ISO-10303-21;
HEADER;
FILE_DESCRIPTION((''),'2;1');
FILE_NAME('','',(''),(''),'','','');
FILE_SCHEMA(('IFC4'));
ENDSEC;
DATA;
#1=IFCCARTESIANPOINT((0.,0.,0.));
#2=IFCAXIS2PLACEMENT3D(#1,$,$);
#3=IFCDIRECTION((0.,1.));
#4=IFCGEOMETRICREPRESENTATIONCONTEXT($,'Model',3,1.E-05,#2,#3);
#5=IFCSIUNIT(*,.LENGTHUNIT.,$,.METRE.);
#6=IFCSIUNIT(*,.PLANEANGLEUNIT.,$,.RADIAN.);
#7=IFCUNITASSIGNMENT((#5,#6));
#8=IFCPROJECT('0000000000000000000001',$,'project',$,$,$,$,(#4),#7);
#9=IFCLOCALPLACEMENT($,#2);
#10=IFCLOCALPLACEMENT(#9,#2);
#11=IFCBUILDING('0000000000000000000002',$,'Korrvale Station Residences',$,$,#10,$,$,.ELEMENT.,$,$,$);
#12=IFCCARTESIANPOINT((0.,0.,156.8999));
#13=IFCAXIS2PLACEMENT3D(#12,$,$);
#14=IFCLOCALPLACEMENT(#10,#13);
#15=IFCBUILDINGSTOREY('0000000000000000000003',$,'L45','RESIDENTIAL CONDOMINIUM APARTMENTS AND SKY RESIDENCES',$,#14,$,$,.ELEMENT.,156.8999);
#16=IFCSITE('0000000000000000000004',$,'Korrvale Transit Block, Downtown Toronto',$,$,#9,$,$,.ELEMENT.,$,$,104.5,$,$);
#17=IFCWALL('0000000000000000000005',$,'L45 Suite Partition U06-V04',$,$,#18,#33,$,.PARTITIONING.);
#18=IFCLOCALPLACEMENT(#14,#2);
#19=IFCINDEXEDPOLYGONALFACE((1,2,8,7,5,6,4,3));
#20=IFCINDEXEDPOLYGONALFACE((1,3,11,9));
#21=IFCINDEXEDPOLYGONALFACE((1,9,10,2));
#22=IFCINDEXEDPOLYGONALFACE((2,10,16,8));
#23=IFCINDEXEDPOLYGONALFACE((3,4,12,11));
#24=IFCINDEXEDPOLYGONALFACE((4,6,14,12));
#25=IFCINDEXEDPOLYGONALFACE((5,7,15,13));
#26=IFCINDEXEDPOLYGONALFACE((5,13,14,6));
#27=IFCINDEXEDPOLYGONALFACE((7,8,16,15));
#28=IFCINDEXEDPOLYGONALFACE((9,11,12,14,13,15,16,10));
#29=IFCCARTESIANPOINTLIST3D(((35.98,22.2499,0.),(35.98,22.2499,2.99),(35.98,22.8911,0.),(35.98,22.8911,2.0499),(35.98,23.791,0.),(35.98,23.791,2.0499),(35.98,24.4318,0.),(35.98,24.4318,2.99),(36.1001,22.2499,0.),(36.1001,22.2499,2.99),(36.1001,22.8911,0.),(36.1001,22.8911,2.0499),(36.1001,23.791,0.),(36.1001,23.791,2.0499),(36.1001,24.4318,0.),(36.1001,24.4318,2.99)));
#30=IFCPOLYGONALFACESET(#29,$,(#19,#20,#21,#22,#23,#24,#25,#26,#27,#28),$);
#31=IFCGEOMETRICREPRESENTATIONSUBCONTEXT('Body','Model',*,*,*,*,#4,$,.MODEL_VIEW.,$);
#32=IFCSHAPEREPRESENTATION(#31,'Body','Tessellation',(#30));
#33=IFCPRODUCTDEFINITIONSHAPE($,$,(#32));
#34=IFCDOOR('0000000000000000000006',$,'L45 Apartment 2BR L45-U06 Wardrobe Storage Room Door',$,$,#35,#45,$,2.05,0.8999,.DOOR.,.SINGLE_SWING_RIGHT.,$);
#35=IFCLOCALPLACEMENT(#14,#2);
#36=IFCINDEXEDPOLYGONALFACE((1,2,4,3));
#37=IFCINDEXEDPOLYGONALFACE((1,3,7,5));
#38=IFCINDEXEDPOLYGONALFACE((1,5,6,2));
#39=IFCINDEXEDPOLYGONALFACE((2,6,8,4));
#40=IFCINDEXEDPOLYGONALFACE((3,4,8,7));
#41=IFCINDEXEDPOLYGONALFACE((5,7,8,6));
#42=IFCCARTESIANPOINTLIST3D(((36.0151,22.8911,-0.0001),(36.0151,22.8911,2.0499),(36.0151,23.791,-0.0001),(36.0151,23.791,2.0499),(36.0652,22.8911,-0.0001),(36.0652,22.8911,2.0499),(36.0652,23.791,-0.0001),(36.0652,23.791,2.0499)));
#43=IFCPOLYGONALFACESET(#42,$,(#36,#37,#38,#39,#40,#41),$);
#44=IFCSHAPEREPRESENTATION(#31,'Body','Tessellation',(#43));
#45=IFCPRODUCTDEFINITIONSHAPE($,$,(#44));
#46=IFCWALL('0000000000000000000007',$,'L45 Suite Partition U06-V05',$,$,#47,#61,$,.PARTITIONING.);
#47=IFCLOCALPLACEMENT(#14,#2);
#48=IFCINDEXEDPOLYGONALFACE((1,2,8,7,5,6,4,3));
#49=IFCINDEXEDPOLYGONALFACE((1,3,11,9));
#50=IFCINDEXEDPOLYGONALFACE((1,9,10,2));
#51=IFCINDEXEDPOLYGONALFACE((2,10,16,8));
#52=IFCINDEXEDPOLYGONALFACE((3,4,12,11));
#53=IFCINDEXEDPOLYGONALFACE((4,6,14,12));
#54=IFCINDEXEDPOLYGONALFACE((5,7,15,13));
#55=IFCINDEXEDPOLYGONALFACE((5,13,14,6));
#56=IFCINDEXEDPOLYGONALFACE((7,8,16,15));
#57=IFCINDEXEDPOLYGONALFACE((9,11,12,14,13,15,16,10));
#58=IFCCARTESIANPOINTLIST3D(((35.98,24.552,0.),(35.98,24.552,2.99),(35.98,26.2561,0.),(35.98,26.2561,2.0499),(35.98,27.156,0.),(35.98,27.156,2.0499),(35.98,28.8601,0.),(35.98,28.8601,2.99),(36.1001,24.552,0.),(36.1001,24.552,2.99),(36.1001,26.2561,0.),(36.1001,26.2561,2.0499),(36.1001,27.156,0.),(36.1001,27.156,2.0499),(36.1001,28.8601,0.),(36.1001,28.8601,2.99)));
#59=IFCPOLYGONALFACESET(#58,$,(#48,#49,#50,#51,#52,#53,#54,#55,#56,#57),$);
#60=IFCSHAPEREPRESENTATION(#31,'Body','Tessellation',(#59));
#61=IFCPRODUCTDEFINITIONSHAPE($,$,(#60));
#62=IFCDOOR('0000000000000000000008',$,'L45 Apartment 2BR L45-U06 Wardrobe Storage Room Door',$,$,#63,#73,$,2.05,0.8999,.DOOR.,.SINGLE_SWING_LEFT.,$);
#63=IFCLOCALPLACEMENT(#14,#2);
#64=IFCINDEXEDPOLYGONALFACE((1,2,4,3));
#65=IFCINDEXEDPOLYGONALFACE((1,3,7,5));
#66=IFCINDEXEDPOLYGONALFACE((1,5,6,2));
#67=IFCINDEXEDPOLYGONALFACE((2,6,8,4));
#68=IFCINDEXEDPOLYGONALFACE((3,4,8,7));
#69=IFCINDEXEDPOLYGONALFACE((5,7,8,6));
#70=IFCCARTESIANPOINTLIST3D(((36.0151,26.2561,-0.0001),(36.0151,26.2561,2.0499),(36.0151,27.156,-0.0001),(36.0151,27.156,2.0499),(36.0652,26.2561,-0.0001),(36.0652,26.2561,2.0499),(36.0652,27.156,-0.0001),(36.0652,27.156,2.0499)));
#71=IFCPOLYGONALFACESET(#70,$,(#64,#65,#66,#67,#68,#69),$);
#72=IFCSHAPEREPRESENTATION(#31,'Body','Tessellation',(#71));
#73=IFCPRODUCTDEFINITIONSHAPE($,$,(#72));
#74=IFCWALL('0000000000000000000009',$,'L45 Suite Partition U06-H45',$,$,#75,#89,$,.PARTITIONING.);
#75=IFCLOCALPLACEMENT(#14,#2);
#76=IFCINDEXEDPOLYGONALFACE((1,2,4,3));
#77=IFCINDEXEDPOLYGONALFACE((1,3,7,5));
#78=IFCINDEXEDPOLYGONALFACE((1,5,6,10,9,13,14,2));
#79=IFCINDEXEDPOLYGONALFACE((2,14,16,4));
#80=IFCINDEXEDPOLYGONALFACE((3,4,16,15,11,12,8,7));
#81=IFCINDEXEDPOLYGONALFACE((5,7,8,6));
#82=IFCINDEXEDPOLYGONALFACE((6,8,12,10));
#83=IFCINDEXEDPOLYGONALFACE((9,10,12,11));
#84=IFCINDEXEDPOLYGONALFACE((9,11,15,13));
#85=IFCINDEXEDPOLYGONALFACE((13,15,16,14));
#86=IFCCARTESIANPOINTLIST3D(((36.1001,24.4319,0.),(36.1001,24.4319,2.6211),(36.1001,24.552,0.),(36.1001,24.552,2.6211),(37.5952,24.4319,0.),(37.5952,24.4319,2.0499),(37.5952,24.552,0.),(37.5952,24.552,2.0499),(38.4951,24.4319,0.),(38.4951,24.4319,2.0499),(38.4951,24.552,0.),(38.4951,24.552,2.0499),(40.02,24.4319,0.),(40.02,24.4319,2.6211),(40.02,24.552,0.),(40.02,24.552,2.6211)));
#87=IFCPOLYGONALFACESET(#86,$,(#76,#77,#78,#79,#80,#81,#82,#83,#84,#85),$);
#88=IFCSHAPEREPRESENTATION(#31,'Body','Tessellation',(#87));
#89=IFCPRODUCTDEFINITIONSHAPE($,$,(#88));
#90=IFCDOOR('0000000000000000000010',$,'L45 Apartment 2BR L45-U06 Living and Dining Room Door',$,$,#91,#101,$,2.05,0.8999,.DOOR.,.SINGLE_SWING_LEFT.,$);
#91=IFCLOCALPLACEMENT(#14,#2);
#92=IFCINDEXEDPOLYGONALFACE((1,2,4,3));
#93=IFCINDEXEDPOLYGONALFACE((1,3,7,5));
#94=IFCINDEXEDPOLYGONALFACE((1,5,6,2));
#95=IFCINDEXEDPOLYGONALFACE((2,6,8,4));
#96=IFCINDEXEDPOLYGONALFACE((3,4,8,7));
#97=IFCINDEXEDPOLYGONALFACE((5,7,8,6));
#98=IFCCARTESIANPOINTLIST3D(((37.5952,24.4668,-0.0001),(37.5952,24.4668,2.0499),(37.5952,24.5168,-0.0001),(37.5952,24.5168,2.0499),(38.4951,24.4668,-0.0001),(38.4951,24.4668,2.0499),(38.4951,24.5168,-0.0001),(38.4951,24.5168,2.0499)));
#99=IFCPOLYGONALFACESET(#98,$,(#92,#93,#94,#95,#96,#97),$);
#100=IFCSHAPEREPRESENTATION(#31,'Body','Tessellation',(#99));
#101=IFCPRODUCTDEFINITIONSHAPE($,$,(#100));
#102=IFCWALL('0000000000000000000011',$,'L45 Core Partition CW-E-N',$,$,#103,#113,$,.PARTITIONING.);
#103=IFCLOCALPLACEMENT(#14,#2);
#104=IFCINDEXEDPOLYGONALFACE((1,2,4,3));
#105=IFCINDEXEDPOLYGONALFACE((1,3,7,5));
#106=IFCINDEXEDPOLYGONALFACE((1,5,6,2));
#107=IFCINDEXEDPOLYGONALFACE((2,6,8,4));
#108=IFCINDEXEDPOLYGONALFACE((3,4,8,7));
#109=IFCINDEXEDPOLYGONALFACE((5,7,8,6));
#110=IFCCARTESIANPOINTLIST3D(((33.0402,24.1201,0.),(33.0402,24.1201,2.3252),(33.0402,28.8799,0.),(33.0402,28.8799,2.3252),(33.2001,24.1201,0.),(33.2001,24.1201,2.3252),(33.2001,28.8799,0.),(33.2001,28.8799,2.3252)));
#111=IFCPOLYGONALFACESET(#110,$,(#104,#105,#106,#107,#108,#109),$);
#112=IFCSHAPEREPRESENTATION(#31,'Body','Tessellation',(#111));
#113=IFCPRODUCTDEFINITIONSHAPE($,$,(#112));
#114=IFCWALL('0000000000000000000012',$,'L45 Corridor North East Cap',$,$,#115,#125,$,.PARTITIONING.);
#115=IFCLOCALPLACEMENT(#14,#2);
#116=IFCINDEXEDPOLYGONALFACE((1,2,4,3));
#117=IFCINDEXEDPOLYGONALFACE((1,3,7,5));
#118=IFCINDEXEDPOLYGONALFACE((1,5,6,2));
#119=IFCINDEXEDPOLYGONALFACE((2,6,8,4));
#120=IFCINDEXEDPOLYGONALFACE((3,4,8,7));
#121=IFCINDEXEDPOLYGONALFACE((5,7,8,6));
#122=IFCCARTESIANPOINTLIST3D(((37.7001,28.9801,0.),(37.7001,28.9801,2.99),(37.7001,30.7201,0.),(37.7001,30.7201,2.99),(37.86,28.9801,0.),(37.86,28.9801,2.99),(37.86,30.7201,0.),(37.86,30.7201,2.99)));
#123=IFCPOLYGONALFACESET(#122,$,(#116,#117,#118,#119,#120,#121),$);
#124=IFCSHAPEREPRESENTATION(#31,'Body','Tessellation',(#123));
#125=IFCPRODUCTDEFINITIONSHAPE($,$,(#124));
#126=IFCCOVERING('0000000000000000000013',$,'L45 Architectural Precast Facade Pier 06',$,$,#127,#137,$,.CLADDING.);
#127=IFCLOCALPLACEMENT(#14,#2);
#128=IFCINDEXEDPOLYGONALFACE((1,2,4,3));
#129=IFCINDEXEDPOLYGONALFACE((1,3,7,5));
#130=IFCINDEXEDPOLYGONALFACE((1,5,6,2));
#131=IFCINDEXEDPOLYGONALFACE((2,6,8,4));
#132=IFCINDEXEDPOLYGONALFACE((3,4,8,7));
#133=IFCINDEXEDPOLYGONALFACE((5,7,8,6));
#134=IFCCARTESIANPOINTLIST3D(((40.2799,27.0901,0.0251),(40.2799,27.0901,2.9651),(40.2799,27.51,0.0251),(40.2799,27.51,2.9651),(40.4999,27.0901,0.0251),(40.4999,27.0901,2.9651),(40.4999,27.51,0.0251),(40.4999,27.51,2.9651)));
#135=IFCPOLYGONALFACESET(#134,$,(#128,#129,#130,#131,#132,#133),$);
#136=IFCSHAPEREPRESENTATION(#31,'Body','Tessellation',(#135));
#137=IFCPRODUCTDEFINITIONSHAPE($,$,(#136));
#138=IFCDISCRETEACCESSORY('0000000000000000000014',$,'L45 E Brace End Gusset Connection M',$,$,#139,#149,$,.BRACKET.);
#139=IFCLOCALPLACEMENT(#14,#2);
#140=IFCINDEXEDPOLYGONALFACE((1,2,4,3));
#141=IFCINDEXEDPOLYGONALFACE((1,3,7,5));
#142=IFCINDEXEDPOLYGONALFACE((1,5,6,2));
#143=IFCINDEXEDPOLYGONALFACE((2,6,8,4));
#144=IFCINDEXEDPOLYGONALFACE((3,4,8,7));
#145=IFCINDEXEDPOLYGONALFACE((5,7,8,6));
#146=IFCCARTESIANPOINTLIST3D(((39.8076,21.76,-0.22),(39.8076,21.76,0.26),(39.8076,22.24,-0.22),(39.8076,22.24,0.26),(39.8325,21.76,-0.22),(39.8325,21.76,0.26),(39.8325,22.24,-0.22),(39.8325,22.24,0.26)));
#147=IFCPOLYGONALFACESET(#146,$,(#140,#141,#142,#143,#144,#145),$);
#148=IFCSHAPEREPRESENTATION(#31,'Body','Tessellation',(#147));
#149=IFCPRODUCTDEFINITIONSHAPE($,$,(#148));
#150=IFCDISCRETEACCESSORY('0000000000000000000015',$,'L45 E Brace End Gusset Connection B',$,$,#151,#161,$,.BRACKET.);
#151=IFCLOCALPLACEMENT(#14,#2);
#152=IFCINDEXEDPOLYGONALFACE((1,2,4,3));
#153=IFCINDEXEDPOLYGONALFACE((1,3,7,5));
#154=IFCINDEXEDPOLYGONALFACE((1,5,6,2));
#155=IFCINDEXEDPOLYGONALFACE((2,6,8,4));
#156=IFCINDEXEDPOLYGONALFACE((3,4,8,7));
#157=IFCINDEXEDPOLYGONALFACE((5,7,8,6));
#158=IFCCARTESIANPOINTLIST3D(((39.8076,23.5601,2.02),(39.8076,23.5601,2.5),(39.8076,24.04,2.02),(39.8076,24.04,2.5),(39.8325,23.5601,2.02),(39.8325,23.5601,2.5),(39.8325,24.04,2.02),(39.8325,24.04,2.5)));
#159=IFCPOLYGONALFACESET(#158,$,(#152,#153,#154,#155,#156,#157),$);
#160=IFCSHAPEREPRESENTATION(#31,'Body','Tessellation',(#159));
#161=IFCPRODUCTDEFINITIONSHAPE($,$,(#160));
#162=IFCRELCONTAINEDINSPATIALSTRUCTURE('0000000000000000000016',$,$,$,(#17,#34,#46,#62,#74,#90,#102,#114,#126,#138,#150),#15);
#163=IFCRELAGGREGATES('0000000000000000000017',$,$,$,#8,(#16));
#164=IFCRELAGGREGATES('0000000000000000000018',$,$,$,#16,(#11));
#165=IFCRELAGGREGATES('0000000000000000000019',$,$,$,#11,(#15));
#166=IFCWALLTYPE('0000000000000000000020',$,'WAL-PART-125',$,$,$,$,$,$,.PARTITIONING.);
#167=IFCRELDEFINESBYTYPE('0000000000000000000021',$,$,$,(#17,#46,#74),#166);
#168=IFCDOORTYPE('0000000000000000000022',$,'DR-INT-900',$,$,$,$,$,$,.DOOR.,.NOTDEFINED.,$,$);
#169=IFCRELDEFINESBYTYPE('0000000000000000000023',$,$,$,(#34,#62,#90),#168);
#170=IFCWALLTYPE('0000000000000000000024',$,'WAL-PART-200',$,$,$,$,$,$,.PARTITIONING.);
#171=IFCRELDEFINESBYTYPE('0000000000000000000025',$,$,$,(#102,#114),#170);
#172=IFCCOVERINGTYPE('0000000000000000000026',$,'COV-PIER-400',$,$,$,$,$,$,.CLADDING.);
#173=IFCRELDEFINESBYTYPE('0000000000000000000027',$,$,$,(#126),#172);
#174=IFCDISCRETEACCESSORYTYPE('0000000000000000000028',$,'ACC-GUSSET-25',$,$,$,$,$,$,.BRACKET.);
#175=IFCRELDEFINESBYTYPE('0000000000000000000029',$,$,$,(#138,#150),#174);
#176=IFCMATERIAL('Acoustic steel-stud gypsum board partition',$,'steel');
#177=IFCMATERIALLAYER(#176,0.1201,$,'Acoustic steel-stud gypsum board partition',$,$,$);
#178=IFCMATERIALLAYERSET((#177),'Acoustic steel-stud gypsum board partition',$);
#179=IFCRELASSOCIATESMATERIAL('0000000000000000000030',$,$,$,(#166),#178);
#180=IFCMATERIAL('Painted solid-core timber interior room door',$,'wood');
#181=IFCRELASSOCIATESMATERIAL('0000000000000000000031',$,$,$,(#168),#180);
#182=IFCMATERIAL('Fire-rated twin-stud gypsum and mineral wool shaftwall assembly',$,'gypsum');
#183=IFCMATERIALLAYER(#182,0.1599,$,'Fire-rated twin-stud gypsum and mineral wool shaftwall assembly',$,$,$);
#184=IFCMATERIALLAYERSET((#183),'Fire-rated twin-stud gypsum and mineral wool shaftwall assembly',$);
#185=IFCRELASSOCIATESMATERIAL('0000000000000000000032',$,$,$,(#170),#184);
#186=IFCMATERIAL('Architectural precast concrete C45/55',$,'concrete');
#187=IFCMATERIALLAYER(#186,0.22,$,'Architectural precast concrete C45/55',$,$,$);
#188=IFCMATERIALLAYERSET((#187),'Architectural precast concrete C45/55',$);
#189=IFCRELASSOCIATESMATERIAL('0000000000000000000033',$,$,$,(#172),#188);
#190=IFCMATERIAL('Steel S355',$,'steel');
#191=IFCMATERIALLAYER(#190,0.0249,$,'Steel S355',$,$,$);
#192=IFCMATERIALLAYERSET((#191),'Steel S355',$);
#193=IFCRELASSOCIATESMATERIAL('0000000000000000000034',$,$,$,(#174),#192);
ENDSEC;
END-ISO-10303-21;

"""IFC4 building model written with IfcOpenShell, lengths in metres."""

from ifc_helpers import new_model, si_unit, direction, frame, frame_2d, origin, origin_2d, place, context, subcontext, project, spatial, rectangle, extrude, material, layer, layer_set, type_object, element, fill, save


model = new_model("IFC4")

# Units and contexts
model_context = context("Model", 3, precision=1e-05, world=origin(), true_north=direction((0.0, 1.0)))
body_context = subcontext(model_context, "Body", "Model", "MODEL_VIEW")
ifc_project = project(units=[si_unit("LENGTHUNIT", "METRE"), si_unit("PLANEANGLEUNIT", "RADIAN")], contexts=[model_context])

# Site, building, storey
site_placement = place(None, origin())
site = spatial("IfcSite", under=ifc_project, at=site_placement, Name="Korrvale Transit Block, Downtown Toronto", CompositionType="ELEMENT", RefElevation=104.5)
building_placement = place(site_placement, origin())
building = spatial("IfcBuilding", under=site, at=building_placement, Name="Korrvale Station Residences", CompositionType="ELEMENT")
storey_placement = place(building_placement, frame((0.0, 0.0, 156.8999)))
storey = spatial("IfcBuildingStorey", under=building, at=storey_placement, Name="L45", Description="RESIDENTIAL CONDOMINIUM APARTMENTS AND SKY RESIDENCES", CompositionType="ELEMENT", Elevation=156.8999)

# Shared definitions
ifc_material_1 = material(Name="Steel S355", Category="steel")

# Shared definitions
ifc_material_2 = material(Name="Acoustic steel-stud gypsum board partition", Category="steel")
ifc_layer_1 = layer(ifc_material_2, 0.1201, Name="Acoustic steel-stud gypsum board partition")
ifc_layer_set_1 = layer_set([ifc_layer_1], Name="Acoustic steel-stud gypsum board partition")
wall_type_1 = type_object("IfcWallType", Name="WAL-PART-125", PredefinedType="PARTITIONING", material=ifc_layer_set_1)

# Walls, openings, doors
wall_1_placement = place(storey_placement, frame((36.04, 22.25, 0.0), z_axis=(0.0, 0.0, 1.0), x_axis=(0.0, 1.0, 0.0)))
wall_1 = element("IfcWall", 1, at=wall_1_placement, inside=storey, type_object=wall_type_1, Name="L45 Suite Partition U06-V04", PredefinedType="PARTITIONING", context=body_context, shape_type="SweptSolid", body=[
    extrude(rectangle(XDim=2.1819, YDim=0.1201, at=frame_2d((1.0908, 0.0))), origin(), (0.0, 0.0, 1.0), 2.99),
])
opening_1_placement = place(wall_1_placement, frame((0.6411, 0.0, 0.0)))
opening_1 = element("IfcOpeningElement", 2, at=opening_1_placement, cuts=wall_1, PredefinedType="OPENING", context=body_context, shape_type="SweptSolid", body=[
    extrude(rectangle(XDim=0.8999, YDim=2.05, at=frame_2d((0.45, 1.0249))), frame((0.0, 0.0701, 0.0), z_axis=(0.0, -1.0, 0.0), x_axis=(1.0, 0.0, 0.0)), (0.0, 0.0, 1.0), 0.1401),
])
ifc_material_3 = material(Name="Painted solid-core timber interior room door", Category="wood")
door_type = type_object("IfcDoorType", Name="DR-INT-900", OperationType="NOTDEFINED", PredefinedType="DOOR", material=ifc_material_3)
door_1_placement = place(opening_1_placement, origin())
door_1 = element("IfcDoor", 3, at=door_1_placement, inside=storey, type_object=door_type, Name="L45 Apartment 2BR L45-U06 Wardrobe Storage Room Door", OperationType="SINGLE_SWING_RIGHT", OverallHeight=2.05, OverallWidth=0.8999, PredefinedType="DOOR", context=body_context, shape_type="SweptSolid", body=[
    extrude(rectangle(XDim=0.8999, YDim=2.05, at=frame_2d((0.45, 1.0249))), frame((0.0, 0.0249, 0.0), z_axis=(0.0, -1.0, 0.0), x_axis=(1.0, 0.0, 0.0)), (0.0, 0.0, 1.0), 0.05),
])
fill(opening_1, door_1)
wall_2_placement = place(storey_placement, frame((36.04, 24.552, 0.0), z_axis=(0.0, 0.0, 1.0), x_axis=(0.0, 1.0, 0.0)))
wall_2 = element("IfcWall", 4, at=wall_2_placement, inside=storey, type_object=wall_type_1, Name="L45 Suite Partition U06-V05", PredefinedType="PARTITIONING", context=body_context, shape_type="SweptSolid", body=[
    extrude(rectangle(XDim=4.3081, YDim=0.1201, at=frame_2d((2.1541, 0.0))), origin(), (0.0, 0.0, 1.0), 2.99),
])
opening_2_placement = place(wall_2_placement, frame((1.7041, 0.0, 0.0)))
opening_2 = element("IfcOpeningElement", 5, at=opening_2_placement, cuts=wall_2, PredefinedType="OPENING", context=body_context, shape_type="SweptSolid", body=[
    extrude(rectangle(XDim=0.8999, YDim=2.05, at=frame_2d((0.45, 1.0249))), frame((0.0, 0.0701, 0.0), z_axis=(0.0, -1.0, 0.0), x_axis=(1.0, 0.0, 0.0)), (0.0, 0.0, 1.0), 0.1401),
])
door_2_placement = place(opening_2_placement, origin())
door_2 = element("IfcDoor", 6, at=door_2_placement, inside=storey, type_object=door_type, Name="L45 Apartment 2BR L45-U06 Wardrobe Storage Room Door", OperationType="SINGLE_SWING_LEFT", OverallHeight=2.05, OverallWidth=0.8999, PredefinedType="DOOR", context=body_context, shape_type="SweptSolid", body=[
    extrude(rectangle(XDim=0.8999, YDim=2.05, at=frame_2d((0.45, 1.0249))), frame((0.0, 0.0249, 0.0), z_axis=(0.0, -1.0, 0.0), x_axis=(1.0, 0.0, 0.0)), (0.0, 0.0, 1.0), 0.05),
])
fill(opening_2, door_2)
wall_3_placement = place(storey_placement, frame((36.1001, 24.4919, 0.0), z_axis=(0.0, 0.0, 1.0), x_axis=(1.0, 0.0, 0.0)))
wall_3 = element("IfcWall", 7, at=wall_3_placement, inside=storey, type_object=wall_type_1, Name="L45 Suite Partition U06-H45", PredefinedType="PARTITIONING", context=body_context, shape_type="SweptSolid", body=[
    extrude(rectangle(XDim=3.9199, YDim=0.1201, at=frame_2d((1.96, 0.0))), origin(), (0.0, 0.0, 1.0), 2.6211),
])
opening_3_placement = place(wall_3_placement, frame((1.4951, 0.0, 0.0)))
opening_3 = element("IfcOpeningElement", 8, at=opening_3_placement, cuts=wall_3, PredefinedType="OPENING", context=body_context, shape_type="SweptSolid", body=[
    extrude(rectangle(XDim=0.8999, YDim=2.05, at=frame_2d((0.45, 1.0249))), frame((0.0, 0.0701, 0.0), z_axis=(0.0, -1.0, 0.0), x_axis=(1.0, 0.0, 0.0)), (0.0, 0.0, 1.0), 0.1401),
])
door_3_placement = place(opening_3_placement, origin())
door_3 = element("IfcDoor", 9, at=door_3_placement, inside=storey, type_object=door_type, Name="L45 Apartment 2BR L45-U06 Living and Dining Room Door", OperationType="SINGLE_SWING_LEFT", OverallHeight=2.05, OverallWidth=0.8999, PredefinedType="DOOR", context=body_context, shape_type="SweptSolid", body=[
    extrude(rectangle(XDim=0.8999, YDim=2.05, at=frame_2d((0.45, 1.0249))), frame((0.0, 0.0249, 0.0), z_axis=(0.0, -1.0, 0.0), x_axis=(1.0, 0.0, 0.0)), (0.0, 0.0, 1.0), 0.05),
])
fill(opening_3, door_3)

# Walls
ifc_material_4 = material(Name="Fire-rated twin-stud gypsum and mineral wool shaftwall assembly", Category="gypsum")
ifc_layer_2 = layer(ifc_material_4, 0.1599, Name="Fire-rated twin-stud gypsum and mineral wool shaftwall assembly")
ifc_layer_set_2 = layer_set([ifc_layer_2], Name="Fire-rated twin-stud gypsum and mineral wool shaftwall assembly")
wall_type_2 = type_object("IfcWallType", Name="WAL-PART-200", PredefinedType="PARTITIONING", material=ifc_layer_set_2)
wall_4_placement = place(storey_placement, frame((33.1201, 24.1201, 0.0), z_axis=(0.0, 0.0, 1.0), x_axis=(0.0, 1.0, 0.0)))
element("IfcWall", 10, at=wall_4_placement, inside=storey, type_object=wall_type_2, Name="L45 Core Partition CW-E-N", PredefinedType="PARTITIONING", context=body_context, shape_type="SweptSolid", body=[
    extrude(rectangle(XDim=4.7598, YDim=0.1599, at=frame_2d((2.3799, 0.0))), origin(), (0.0, 0.0, 1.0), 2.3252),
])
wall_5_placement = place(storey_placement, frame((37.78, 28.98, 0.0), z_axis=(0.0, 0.0, 1.0), x_axis=(0.0, 1.0, 0.0)))
element("IfcWall", 11, at=wall_5_placement, inside=storey, type_object=wall_type_2, Name="L45 Corridor North East Cap", PredefinedType="PARTITIONING", context=body_context, shape_type="SweptSolid", body=[
    extrude(rectangle(XDim=1.74, YDim=0.1599, at=frame_2d((0.8701, 0.0))), origin(), (0.0, 0.0, 1.0), 2.99),
])

# Covering
ifc_material_5 = material(Name="Architectural precast concrete C45/55", Category="concrete")
ifc_layer_3 = layer(ifc_material_5, 0.22, Name="Architectural precast concrete C45/55")
ifc_layer_set_3 = layer_set([ifc_layer_3], Name="Architectural precast concrete C45/55")
covering_type = type_object("IfcCoveringType", Name="COV-PIER-400", PredefinedType="CLADDING", material=ifc_layer_set_3)
covering_placement = place(storey_placement, frame((40.3899, 27.3, 0.0251), z_axis=(0.0, 0.0, 1.0), x_axis=(0.0, 1.0, 0.0)))
element("IfcCovering", 12, at=covering_placement, inside=storey, type_object=covering_type, Name="L45 Architectural Precast Facade Pier 06", PredefinedType="CLADDING", context=body_context, shape_type="SweptSolid", body=[
    extrude(rectangle(XDim=0.4199, YDim=0.22, at=origin_2d()), origin(), (0.0, 0.0, 1.0), 2.9399),
])

# Discrete accessories
ifc_layer_4 = layer(ifc_material_1, 0.0249, Name="Steel S355")
ifc_layer_set_4 = layer_set([ifc_layer_4], Name="Steel S355")
discrete_accessory_type = type_object("IfcDiscreteAccessoryType", Name="ACC-GUSSET-25", PredefinedType="BRACKET", material=ifc_layer_set_4)
for number, where, z_axis, x_axis, name in (
    (13, (39.8201, 22.0, -0.22), (0.0, 0.0, 1.0), (0.0, 1.0, 0.0), "L45 E Brace End Gusset Connection M"),
    (14, (39.8201, 23.8, 2.02), (0.0, 0.0, 1.0), (0.0, 1.0, 0.0), "L45 E Brace End Gusset Connection B"),
):
    element("IfcDiscreteAccessory", number, at=place(storey_placement, frame(where, z_axis=z_axis, x_axis=x_axis)), inside=storey, type_object=discrete_accessory_type, Name=name, PredefinedType="BRACKET", context=body_context, shape_type="SweptSolid", body=[
        extrude(rectangle(XDim=0.48, YDim=0.0249, at=origin_2d()), origin(), (0.0, 0.0, 1.0), 0.48),
    ])

save(model, "model.ifc")
